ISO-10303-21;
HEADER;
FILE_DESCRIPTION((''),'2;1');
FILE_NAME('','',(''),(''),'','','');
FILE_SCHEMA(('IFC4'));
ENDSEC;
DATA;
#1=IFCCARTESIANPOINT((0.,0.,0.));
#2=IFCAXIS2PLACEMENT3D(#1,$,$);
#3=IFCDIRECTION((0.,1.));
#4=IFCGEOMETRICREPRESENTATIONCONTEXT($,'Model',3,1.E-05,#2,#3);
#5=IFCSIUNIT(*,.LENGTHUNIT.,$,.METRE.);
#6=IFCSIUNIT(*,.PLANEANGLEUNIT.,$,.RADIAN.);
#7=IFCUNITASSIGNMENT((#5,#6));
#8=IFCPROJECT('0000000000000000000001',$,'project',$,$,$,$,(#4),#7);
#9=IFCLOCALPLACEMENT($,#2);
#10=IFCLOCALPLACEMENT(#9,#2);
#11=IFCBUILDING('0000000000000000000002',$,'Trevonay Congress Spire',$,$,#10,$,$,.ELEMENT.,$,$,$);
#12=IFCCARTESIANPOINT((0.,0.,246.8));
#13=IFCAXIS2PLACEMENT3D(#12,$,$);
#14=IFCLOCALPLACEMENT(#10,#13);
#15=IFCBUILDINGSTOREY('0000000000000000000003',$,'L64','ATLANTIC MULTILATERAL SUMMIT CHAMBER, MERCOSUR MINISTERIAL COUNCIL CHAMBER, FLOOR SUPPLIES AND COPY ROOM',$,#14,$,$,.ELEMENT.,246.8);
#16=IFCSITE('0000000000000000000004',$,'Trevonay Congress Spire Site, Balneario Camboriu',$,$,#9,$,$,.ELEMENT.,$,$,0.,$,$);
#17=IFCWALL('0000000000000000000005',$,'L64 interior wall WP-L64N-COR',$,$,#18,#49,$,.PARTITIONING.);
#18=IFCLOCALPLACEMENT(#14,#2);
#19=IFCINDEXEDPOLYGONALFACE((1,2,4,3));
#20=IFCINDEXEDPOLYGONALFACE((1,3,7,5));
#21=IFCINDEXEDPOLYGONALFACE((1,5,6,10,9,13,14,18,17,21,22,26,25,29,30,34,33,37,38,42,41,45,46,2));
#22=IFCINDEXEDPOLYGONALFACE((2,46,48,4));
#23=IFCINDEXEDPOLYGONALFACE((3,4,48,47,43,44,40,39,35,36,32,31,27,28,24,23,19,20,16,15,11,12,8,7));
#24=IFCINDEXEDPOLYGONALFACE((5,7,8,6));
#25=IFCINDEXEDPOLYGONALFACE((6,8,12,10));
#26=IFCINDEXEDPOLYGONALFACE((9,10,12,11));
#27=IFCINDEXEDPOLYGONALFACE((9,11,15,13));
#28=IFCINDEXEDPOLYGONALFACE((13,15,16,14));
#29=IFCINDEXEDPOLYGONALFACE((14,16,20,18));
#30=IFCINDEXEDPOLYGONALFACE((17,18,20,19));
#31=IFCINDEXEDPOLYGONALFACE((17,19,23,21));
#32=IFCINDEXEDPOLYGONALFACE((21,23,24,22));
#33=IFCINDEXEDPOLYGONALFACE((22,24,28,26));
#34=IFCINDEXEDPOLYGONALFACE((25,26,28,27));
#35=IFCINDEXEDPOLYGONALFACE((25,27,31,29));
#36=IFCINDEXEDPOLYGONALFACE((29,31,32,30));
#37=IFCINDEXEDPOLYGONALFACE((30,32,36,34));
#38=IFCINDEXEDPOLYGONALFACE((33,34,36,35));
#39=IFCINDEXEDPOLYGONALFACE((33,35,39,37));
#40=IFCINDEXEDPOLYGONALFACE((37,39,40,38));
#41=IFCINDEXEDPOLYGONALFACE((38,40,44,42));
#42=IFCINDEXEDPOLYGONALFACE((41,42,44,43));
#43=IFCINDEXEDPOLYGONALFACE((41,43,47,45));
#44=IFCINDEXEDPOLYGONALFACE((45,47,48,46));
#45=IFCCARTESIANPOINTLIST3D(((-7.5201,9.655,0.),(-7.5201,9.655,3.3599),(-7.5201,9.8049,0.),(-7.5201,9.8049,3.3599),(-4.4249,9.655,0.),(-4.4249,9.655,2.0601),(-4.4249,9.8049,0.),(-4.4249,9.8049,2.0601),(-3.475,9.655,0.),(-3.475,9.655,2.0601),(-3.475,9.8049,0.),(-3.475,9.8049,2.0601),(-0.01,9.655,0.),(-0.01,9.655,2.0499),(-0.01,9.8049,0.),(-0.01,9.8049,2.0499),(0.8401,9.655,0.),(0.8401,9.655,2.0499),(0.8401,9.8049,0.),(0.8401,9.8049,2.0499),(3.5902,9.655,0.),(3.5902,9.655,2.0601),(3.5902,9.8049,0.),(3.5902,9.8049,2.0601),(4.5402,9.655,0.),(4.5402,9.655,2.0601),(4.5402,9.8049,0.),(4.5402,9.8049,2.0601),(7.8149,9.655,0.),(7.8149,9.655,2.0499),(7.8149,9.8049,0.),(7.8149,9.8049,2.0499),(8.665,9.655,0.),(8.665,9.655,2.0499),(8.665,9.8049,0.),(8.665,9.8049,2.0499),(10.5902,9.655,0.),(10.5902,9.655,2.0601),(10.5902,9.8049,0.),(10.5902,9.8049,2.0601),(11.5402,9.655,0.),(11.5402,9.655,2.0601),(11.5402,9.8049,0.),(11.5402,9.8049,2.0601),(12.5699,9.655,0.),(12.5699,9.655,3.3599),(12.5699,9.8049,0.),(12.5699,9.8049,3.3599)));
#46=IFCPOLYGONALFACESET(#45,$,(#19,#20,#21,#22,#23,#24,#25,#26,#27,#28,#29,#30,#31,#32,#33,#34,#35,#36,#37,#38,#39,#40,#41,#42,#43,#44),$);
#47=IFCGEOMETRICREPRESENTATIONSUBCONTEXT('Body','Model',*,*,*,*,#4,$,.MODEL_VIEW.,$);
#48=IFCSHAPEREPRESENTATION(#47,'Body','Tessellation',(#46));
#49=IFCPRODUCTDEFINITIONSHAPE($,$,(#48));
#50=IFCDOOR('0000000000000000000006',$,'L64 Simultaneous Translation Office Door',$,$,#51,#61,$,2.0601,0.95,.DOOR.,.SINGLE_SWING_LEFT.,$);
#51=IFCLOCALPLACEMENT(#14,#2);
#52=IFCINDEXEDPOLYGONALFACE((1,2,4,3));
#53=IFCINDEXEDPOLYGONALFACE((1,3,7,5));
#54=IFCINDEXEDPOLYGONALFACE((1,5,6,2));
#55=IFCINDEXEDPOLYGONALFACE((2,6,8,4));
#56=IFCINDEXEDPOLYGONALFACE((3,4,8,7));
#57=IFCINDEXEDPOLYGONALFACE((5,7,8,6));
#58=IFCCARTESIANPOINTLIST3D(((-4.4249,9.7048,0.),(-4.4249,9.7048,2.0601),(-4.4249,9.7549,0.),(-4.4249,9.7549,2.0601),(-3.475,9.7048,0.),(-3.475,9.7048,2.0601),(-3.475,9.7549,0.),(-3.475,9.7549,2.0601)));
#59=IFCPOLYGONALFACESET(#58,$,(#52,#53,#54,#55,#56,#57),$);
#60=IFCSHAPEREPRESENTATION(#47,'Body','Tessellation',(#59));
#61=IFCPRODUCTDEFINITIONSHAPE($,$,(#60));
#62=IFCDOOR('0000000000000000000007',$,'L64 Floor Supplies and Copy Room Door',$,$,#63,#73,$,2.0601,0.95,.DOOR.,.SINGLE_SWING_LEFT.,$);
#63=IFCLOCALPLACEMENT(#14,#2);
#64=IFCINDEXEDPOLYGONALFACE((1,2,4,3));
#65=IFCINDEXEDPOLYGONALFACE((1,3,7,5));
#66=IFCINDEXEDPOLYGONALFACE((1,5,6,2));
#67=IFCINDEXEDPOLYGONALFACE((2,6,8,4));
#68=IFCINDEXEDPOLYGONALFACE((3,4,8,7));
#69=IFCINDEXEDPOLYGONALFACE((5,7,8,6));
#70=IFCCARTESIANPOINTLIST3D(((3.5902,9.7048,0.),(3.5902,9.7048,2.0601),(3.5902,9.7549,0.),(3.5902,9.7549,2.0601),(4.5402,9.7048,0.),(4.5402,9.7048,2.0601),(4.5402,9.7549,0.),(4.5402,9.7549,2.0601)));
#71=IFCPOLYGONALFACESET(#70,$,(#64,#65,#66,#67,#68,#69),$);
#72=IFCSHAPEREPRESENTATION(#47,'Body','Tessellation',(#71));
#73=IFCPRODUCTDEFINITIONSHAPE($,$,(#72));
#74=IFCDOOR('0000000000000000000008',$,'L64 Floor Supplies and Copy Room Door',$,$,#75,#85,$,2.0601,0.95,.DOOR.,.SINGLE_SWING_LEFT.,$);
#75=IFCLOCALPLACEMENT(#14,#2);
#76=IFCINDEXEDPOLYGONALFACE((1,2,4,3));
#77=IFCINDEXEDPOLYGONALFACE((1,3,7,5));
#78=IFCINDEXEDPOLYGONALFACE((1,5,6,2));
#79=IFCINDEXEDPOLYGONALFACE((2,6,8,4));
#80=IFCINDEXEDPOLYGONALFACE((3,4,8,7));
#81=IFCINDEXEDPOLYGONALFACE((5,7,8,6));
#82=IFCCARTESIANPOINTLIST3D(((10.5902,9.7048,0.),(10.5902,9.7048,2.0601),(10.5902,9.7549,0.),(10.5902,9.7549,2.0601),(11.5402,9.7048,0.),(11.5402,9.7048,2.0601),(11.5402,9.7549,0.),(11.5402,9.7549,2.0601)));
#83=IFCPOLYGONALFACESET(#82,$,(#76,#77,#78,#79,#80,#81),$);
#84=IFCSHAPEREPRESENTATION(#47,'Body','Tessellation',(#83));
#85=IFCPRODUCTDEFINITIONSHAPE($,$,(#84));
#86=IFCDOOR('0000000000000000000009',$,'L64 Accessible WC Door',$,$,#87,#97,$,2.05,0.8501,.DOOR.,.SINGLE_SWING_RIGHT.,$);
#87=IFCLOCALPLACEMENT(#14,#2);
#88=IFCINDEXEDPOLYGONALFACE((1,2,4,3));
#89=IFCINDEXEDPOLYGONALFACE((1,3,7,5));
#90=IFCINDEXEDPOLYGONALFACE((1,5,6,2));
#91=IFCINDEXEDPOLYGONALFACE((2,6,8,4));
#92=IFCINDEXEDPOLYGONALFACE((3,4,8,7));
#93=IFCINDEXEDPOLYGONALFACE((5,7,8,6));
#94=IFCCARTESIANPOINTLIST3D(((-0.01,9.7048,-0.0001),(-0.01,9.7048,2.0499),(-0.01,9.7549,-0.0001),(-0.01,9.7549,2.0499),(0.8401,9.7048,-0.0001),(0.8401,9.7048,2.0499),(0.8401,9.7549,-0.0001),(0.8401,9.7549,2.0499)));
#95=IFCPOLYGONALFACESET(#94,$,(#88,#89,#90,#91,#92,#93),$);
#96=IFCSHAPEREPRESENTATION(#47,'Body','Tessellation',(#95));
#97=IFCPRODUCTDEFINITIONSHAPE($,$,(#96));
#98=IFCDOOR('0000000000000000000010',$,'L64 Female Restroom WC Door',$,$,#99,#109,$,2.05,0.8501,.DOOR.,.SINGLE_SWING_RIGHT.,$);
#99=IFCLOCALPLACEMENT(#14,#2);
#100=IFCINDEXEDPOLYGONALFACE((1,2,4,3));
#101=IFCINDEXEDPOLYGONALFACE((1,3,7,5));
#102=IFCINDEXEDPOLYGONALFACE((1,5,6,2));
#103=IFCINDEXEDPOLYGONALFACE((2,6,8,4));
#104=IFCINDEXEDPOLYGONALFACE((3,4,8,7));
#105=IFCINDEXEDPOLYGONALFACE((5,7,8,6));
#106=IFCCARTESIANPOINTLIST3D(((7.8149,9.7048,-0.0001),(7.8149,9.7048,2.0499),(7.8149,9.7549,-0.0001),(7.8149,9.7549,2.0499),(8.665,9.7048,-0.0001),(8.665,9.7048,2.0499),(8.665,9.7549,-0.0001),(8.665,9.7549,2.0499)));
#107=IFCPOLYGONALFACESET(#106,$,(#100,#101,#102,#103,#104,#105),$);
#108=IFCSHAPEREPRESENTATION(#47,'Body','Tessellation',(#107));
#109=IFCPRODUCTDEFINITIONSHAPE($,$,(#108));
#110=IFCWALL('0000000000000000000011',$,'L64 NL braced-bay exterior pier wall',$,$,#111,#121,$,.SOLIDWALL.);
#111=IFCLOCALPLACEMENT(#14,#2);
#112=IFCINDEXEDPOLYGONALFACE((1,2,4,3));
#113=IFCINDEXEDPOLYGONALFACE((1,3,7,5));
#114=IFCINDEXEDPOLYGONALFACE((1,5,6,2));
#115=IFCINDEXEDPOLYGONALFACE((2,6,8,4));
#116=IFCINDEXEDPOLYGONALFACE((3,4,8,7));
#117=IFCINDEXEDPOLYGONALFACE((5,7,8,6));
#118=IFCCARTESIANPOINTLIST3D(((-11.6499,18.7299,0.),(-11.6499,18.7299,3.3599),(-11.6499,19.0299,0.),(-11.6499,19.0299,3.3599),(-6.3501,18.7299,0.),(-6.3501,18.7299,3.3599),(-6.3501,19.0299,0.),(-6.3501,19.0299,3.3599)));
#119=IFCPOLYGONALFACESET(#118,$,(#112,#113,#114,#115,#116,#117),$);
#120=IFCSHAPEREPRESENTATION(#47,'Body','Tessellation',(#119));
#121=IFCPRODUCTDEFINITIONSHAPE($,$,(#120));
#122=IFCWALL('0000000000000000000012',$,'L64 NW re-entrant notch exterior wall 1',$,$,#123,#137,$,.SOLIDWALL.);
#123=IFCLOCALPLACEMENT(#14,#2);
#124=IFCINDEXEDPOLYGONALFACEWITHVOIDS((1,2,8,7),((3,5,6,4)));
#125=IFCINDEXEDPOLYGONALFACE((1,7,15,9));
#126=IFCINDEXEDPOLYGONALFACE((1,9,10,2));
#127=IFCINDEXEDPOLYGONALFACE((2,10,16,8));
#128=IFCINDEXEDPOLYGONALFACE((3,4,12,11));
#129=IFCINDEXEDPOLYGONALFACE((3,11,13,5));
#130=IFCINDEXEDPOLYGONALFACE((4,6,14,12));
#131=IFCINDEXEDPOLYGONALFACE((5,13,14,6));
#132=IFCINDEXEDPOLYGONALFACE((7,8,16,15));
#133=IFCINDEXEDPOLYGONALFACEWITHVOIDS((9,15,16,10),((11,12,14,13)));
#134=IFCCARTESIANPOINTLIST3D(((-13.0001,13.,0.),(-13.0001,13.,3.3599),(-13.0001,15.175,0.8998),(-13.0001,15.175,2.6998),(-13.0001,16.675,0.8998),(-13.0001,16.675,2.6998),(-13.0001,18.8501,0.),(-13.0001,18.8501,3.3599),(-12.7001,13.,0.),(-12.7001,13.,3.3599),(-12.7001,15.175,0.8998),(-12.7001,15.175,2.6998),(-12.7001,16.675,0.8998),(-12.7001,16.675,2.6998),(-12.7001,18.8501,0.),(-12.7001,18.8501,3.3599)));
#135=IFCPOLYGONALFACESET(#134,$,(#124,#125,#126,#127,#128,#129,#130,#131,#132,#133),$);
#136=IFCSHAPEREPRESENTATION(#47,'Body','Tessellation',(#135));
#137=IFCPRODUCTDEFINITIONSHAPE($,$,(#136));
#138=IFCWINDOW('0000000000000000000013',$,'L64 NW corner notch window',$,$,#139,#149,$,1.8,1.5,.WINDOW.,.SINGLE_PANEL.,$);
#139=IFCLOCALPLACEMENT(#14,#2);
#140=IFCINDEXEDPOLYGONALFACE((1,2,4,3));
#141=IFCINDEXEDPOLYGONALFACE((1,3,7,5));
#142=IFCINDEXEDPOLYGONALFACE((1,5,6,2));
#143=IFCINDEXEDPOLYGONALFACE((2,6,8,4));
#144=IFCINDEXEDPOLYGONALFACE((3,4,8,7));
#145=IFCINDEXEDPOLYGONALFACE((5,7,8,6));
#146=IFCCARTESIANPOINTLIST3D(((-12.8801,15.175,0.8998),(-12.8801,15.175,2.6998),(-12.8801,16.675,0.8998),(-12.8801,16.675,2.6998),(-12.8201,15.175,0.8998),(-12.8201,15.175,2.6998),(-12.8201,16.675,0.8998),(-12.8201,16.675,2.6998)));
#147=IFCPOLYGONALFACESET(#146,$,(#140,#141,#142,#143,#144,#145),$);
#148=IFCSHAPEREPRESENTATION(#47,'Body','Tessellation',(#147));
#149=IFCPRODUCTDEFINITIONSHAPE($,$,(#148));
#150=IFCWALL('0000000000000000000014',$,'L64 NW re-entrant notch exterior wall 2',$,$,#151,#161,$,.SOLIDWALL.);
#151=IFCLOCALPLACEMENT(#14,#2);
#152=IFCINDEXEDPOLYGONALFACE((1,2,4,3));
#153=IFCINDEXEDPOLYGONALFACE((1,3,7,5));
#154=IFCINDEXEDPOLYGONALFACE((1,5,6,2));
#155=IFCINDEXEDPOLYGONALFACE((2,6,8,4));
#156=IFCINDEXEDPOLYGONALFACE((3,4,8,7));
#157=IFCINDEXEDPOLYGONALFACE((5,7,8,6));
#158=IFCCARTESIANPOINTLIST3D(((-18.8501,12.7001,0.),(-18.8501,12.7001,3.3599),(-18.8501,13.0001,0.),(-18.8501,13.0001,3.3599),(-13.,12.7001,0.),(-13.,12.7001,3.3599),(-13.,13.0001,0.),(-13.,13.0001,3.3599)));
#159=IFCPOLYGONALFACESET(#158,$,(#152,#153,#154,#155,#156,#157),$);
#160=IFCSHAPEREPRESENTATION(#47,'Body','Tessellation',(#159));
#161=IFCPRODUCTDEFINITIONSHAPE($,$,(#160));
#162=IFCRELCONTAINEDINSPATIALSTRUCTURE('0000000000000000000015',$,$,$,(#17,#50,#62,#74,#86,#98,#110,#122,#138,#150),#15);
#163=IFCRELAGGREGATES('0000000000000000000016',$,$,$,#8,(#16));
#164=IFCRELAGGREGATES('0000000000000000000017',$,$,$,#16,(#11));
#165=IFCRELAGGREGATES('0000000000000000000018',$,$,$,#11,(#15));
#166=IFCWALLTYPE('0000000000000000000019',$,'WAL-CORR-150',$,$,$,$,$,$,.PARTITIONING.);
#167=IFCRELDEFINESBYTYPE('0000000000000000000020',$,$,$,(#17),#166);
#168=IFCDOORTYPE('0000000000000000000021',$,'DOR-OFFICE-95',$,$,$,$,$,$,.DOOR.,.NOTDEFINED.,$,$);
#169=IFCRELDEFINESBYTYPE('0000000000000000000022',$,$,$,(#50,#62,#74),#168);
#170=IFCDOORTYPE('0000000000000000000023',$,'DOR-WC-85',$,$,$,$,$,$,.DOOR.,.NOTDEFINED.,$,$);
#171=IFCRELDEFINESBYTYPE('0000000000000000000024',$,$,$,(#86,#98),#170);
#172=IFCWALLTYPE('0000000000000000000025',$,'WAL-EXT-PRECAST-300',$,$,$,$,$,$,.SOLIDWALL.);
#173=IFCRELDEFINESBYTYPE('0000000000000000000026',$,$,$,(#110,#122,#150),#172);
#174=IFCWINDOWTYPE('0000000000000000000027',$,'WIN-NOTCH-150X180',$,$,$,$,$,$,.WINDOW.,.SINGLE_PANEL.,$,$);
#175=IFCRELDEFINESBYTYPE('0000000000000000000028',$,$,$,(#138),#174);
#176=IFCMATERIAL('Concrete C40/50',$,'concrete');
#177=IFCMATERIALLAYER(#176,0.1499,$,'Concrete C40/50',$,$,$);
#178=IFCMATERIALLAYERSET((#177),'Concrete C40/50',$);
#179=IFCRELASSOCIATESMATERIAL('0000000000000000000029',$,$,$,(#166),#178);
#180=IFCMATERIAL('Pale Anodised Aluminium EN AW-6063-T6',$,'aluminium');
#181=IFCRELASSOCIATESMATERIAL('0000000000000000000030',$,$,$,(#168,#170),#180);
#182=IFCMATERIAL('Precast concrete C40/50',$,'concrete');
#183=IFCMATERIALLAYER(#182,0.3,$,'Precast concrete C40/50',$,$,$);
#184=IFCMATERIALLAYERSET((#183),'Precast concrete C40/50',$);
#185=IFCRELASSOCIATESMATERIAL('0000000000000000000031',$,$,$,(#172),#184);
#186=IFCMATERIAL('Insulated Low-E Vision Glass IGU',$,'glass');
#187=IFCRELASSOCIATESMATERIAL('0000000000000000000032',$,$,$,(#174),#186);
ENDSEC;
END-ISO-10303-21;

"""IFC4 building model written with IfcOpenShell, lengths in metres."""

from ifc_helpers import new_model, si_unit, direction, frame, frame_2d, origin, place, context, subcontext, project, spatial, rectangle, extrude, material, layer, layer_set, type_object, element, fill, save


model = new_model("IFC4")

# Units and contexts
model_context = context("Model", 3, precision=1e-05, world=origin(), true_north=direction((0.0, 1.0)))
body_context = subcontext(model_context, "Body", "Model", "MODEL_VIEW")
ifc_project = project(units=[si_unit("LENGTHUNIT", "METRE"), si_unit("PLANEANGLEUNIT", "RADIAN")], contexts=[model_context])

# Site, building, storey
site_placement = place(None, origin())
site = spatial("IfcSite", under=ifc_project, at=site_placement, Name="Trevonay Congress Spire Site, Balneario Camboriu", CompositionType="ELEMENT", RefElevation=0.0)
building_placement = place(site_placement, origin())
building = spatial("IfcBuilding", under=site, at=building_placement, Name="Trevonay Congress Spire", CompositionType="ELEMENT")
storey_placement = place(building_placement, frame((0.0, 0.0, 246.8)))
storey = spatial("IfcBuildingStorey", under=building, at=storey_placement, Name="L64", Description="ATLANTIC MULTILATERAL SUMMIT CHAMBER, MERCOSUR MINISTERIAL COUNCIL CHAMBER, FLOOR SUPPLIES AND COPY ROOM", CompositionType="ELEMENT", Elevation=246.8)

# Wall, openings, doors
ifc_material_1 = material(Name="Concrete C40/50", Category="concrete")
ifc_layer_1 = layer(ifc_material_1, 0.1499, Name="Concrete C40/50")
ifc_layer_set_1 = layer_set([ifc_layer_1], Name="Concrete C40/50")
wall_type_1 = type_object("IfcWallType", Name="WAL-CORR-150", PredefinedType="PARTITIONING", material=ifc_layer_set_1)
wall_1_placement = place(storey_placement, frame((-7.52, 9.73, 0.0), z_axis=(0.0, 0.0, 1.0), x_axis=(1.0, 0.0, 0.0)))
wall_1 = element("IfcWall", 1, at=wall_1_placement, inside=storey, type_object=wall_type_1, Name="L64 interior wall WP-L64N-COR", PredefinedType="PARTITIONING", context=body_context, shape_type="SweptSolid", body=[
    extrude(rectangle(XDim=20.0901, YDim=0.1499, at=frame_2d((10.0449, 0.0))), origin(), (0.0, 0.0, 1.0), 3.3599),
])
opening_1_placement = place(wall_1_placement, frame((3.095, 0.0, 0.0)))
opening_1 = element("IfcOpeningElement", 2, at=opening_1_placement, cuts=wall_1, PredefinedType="OPENING", context=body_context, shape_type="SweptSolid", body=[
    extrude(rectangle(XDim=0.95, YDim=2.0601, at=frame_2d((0.4751, 1.03))), frame((0.0, 0.085, 0.0), z_axis=(0.0, -1.0, 0.0), x_axis=(1.0, 0.0, 0.0)), (0.0, 0.0, 1.0), 0.1699),
])
opening_2_placement = place(wall_1_placement, frame((7.51, 0.0, 0.0)))
opening_2 = element("IfcOpeningElement", 3, at=opening_2_placement, cuts=wall_1, PredefinedType="OPENING", context=body_context, shape_type="SweptSolid", body=[
    extrude(rectangle(XDim=0.8501, YDim=2.05, at=frame_2d((0.425, 1.0249))), frame((0.0, 0.085, 0.0), z_axis=(0.0, -1.0, 0.0), x_axis=(1.0, 0.0, 0.0)), (0.0, 0.0, 1.0), 0.1699),
])
opening_3_placement = place(wall_1_placement, frame((11.1101, 0.0, 0.0)))
opening_3 = element("IfcOpeningElement", 4, at=opening_3_placement, cuts=wall_1, PredefinedType="OPENING", context=body_context, shape_type="SweptSolid", body=[
    extrude(rectangle(XDim=0.95, YDim=2.0601, at=frame_2d((0.4751, 1.03))), frame((0.0, 0.085, 0.0), z_axis=(0.0, -1.0, 0.0), x_axis=(1.0, 0.0, 0.0)), (0.0, 0.0, 1.0), 0.1699),
])
opening_4_placement = place(wall_1_placement, frame((15.335, 0.0, 0.0)))
opening_4 = element("IfcOpeningElement", 5, at=opening_4_placement, cuts=wall_1, PredefinedType="OPENING", context=body_context, shape_type="SweptSolid", body=[
    extrude(rectangle(XDim=0.8501, YDim=2.05, at=frame_2d((0.425, 1.0249))), frame((0.0, 0.085, 0.0), z_axis=(0.0, -1.0, 0.0), x_axis=(1.0, 0.0, 0.0)), (0.0, 0.0, 1.0), 0.1699),
])
opening_5_placement = place(wall_1_placement, frame((18.1101, 0.0, 0.0)))
opening_5 = element("IfcOpeningElement", 6, at=opening_5_placement, cuts=wall_1, PredefinedType="OPENING", context=body_context, shape_type="SweptSolid", body=[
    extrude(rectangle(XDim=0.95, YDim=2.0601, at=frame_2d((0.4751, 1.03))), frame((0.0, 0.085, 0.0), z_axis=(0.0, -1.0, 0.0), x_axis=(1.0, 0.0, 0.0)), (0.0, 0.0, 1.0), 0.1699),
])
ifc_material_2 = material(Name="Pale Anodised Aluminium EN AW-6063-T6", Category="aluminium")
door_type_1 = type_object("IfcDoorType", Name="DOR-OFFICE-95", OperationType="NOTDEFINED", PredefinedType="DOOR", material=ifc_material_2)
door_1_placement = place(opening_1_placement, origin())
door_1 = element("IfcDoor", 7, at=door_1_placement, inside=storey, type_object=door_type_1, Name="L64 Simultaneous Translation Office Door", OperationType="SINGLE_SWING_LEFT", OverallHeight=2.0601, OverallWidth=0.95, PredefinedType="DOOR", context=body_context, shape_type="SweptSolid", body=[
    extrude(rectangle(XDim=0.95, YDim=2.0601, at=frame_2d((0.4751, 1.03))), frame((0.0, 0.0249, 0.0), z_axis=(0.0, -1.0, 0.0), x_axis=(1.0, 0.0, 0.0)), (0.0, 0.0, 1.0), 0.05),
])
fill(opening_1, door_1)
door_2_placement = place(opening_3_placement, origin())
door_2 = element("IfcDoor", 8, at=door_2_placement, inside=storey, type_object=door_type_1, Name="L64 Floor Supplies and Copy Room Door", OperationType="SINGLE_SWING_LEFT", OverallHeight=2.0601, OverallWidth=0.95, PredefinedType="DOOR", context=body_context, shape_type="SweptSolid", body=[
    extrude(rectangle(XDim=0.95, YDim=2.0601, at=frame_2d((0.4751, 1.03))), frame((0.0, 0.0249, 0.0), z_axis=(0.0, -1.0, 0.0), x_axis=(1.0, 0.0, 0.0)), (0.0, 0.0, 1.0), 0.05),
])
fill(opening_3, door_2)
door_3_placement = place(opening_5_placement, origin())
door_3 = element("IfcDoor", 9, at=door_3_placement, inside=storey, type_object=door_type_1, Name="L64 Floor Supplies and Copy Room Door", OperationType="SINGLE_SWING_LEFT", OverallHeight=2.0601, OverallWidth=0.95, PredefinedType="DOOR", context=body_context, shape_type="SweptSolid", body=[
    extrude(rectangle(XDim=0.95, YDim=2.0601, at=frame_2d((0.4751, 1.03))), frame((0.0, 0.0249, 0.0), z_axis=(0.0, -1.0, 0.0), x_axis=(1.0, 0.0, 0.0)), (0.0, 0.0, 1.0), 0.05),
])
fill(opening_5, door_3)
door_type_2 = type_object("IfcDoorType", Name="DOR-WC-85", OperationType="NOTDEFINED", PredefinedType="DOOR", material=ifc_material_2)
door_4_placement = place(opening_2_placement, origin())
door_4 = element("IfcDoor", 10, at=door_4_placement, inside=storey, type_object=door_type_2, Name="L64 Accessible WC Door", OperationType="SINGLE_SWING_RIGHT", OverallHeight=2.05, OverallWidth=0.8501, PredefinedType="DOOR", context=body_context, shape_type="SweptSolid", body=[
    extrude(rectangle(XDim=0.8501, YDim=2.05, at=frame_2d((0.425, 1.0249))), frame((0.0, 0.0249, 0.0), z_axis=(0.0, -1.0, 0.0), x_axis=(1.0, 0.0, 0.0)), (0.0, 0.0, 1.0), 0.05),
])
fill(opening_2, door_4)
door_5_placement = place(opening_4_placement, origin())
door_5 = element("IfcDoor", 11, at=door_5_placement, inside=storey, type_object=door_type_2, Name="L64 Female Restroom WC Door", OperationType="SINGLE_SWING_RIGHT", OverallHeight=2.05, OverallWidth=0.8501, PredefinedType="DOOR", context=body_context, shape_type="SweptSolid", body=[
    extrude(rectangle(XDim=0.8501, YDim=2.05, at=frame_2d((0.425, 1.0249))), frame((0.0, 0.0249, 0.0), z_axis=(0.0, -1.0, 0.0), x_axis=(1.0, 0.0, 0.0)), (0.0, 0.0, 1.0), 0.05),
])
fill(opening_4, door_5)

# Wall
ifc_material_3 = material(Name="Precast concrete C40/50", Category="concrete")
ifc_layer_2 = layer(ifc_material_3, 0.3, Name="Precast concrete C40/50")
ifc_layer_set_2 = layer_set([ifc_layer_2], Name="Precast concrete C40/50")
wall_type_2 = type_object("IfcWallType", Name="WAL-EXT-PRECAST-300", PredefinedType="SOLIDWALL", material=ifc_layer_set_2)
wall_2_placement = place(storey_placement, frame((-11.6499, 18.8799, 0.0), z_axis=(0.0, 0.0, 1.0), x_axis=(1.0, 0.0, 0.0)))
element("IfcWall", 12, at=wall_2_placement, inside=storey, type_object=wall_type_2, Name="L64 NL braced-bay exterior pier wall", PredefinedType="SOLIDWALL", context=body_context, shape_type="SweptSolid", body=[
    extrude(rectangle(XDim=5.2998, YDim=0.3, at=frame_2d((2.6499, 0.0))), origin(), (0.0, 0.0, 1.0), 3.3599),
])

# Wall, opening, window
wall_3_placement = place(storey_placement, frame((-12.8501, 18.8501, 0.0), z_axis=(0.0, 0.0, 1.0), x_axis=(0.0, -1.0, 0.0)))
wall_3 = element("IfcWall", 13, at=wall_3_placement, inside=storey, type_object=wall_type_2, Name="L64 NW re-entrant notch exterior wall 1", PredefinedType="SOLIDWALL", context=body_context, shape_type="SweptSolid", body=[
    extrude(rectangle(XDim=5.8501, YDim=0.3, at=frame_2d((2.925, 0.0))), origin(), (0.0, 0.0, 1.0), 3.3599),
])
opening_6_placement = place(wall_3_placement, frame((2.175, 0.0, 0.8999)))
opening_6 = element("IfcOpeningElement", 14, at=opening_6_placement, cuts=wall_3, PredefinedType="OPENING", context=body_context, shape_type="SweptSolid", body=[
    extrude(rectangle(XDim=1.5, YDim=1.8, at=frame_2d((0.75, 0.8999))), frame((0.0, 0.1602, 0.0), z_axis=(0.0, -1.0, 0.0), x_axis=(1.0, 0.0, 0.0)), (0.0, 0.0, 1.0), 0.3201),
])
ifc_material_4 = material(Name="Insulated Low-E Vision Glass IGU", Category="glass")
window_type = type_object("IfcWindowType", Name="WIN-NOTCH-150X180", PartitioningType="SINGLE_PANEL", PredefinedType="WINDOW", material=ifc_material_4)
window_placement = place(opening_6_placement, origin())
window = element("IfcWindow", 15, at=window_placement, inside=storey, type_object=window_type, Name="L64 NW corner notch window", OverallHeight=1.8, OverallWidth=1.5, PartitioningType="SINGLE_PANEL", PredefinedType="WINDOW", context=body_context, shape_type="SweptSolid", body=[
    extrude(rectangle(XDim=1.5, YDim=1.8, at=frame_2d((0.75, 0.8999))), frame((0.0, 0.03, 0.0), z_axis=(0.0, -1.0, 0.0), x_axis=(1.0, 0.0, 0.0)), (0.0, 0.0, 1.0), 0.0601),
])
fill(opening_6, window)

# Wall
wall_4_placement = place(storey_placement, frame((-18.8501, 12.8501, 0.0), z_axis=(0.0, 0.0, 1.0), x_axis=(1.0, 0.0, 0.0)))
element("IfcWall", 16, at=wall_4_placement, inside=storey, type_object=wall_type_2, Name="L64 NW re-entrant notch exterior wall 2", PredefinedType="SOLIDWALL", context=body_context, shape_type="SweptSolid", body=[
    extrude(rectangle(XDim=5.8501, YDim=0.3, at=frame_2d((2.925, 0.0))), origin(), (0.0, 0.0, 1.0), 3.3599),
])

save(model, "model.ifc")
